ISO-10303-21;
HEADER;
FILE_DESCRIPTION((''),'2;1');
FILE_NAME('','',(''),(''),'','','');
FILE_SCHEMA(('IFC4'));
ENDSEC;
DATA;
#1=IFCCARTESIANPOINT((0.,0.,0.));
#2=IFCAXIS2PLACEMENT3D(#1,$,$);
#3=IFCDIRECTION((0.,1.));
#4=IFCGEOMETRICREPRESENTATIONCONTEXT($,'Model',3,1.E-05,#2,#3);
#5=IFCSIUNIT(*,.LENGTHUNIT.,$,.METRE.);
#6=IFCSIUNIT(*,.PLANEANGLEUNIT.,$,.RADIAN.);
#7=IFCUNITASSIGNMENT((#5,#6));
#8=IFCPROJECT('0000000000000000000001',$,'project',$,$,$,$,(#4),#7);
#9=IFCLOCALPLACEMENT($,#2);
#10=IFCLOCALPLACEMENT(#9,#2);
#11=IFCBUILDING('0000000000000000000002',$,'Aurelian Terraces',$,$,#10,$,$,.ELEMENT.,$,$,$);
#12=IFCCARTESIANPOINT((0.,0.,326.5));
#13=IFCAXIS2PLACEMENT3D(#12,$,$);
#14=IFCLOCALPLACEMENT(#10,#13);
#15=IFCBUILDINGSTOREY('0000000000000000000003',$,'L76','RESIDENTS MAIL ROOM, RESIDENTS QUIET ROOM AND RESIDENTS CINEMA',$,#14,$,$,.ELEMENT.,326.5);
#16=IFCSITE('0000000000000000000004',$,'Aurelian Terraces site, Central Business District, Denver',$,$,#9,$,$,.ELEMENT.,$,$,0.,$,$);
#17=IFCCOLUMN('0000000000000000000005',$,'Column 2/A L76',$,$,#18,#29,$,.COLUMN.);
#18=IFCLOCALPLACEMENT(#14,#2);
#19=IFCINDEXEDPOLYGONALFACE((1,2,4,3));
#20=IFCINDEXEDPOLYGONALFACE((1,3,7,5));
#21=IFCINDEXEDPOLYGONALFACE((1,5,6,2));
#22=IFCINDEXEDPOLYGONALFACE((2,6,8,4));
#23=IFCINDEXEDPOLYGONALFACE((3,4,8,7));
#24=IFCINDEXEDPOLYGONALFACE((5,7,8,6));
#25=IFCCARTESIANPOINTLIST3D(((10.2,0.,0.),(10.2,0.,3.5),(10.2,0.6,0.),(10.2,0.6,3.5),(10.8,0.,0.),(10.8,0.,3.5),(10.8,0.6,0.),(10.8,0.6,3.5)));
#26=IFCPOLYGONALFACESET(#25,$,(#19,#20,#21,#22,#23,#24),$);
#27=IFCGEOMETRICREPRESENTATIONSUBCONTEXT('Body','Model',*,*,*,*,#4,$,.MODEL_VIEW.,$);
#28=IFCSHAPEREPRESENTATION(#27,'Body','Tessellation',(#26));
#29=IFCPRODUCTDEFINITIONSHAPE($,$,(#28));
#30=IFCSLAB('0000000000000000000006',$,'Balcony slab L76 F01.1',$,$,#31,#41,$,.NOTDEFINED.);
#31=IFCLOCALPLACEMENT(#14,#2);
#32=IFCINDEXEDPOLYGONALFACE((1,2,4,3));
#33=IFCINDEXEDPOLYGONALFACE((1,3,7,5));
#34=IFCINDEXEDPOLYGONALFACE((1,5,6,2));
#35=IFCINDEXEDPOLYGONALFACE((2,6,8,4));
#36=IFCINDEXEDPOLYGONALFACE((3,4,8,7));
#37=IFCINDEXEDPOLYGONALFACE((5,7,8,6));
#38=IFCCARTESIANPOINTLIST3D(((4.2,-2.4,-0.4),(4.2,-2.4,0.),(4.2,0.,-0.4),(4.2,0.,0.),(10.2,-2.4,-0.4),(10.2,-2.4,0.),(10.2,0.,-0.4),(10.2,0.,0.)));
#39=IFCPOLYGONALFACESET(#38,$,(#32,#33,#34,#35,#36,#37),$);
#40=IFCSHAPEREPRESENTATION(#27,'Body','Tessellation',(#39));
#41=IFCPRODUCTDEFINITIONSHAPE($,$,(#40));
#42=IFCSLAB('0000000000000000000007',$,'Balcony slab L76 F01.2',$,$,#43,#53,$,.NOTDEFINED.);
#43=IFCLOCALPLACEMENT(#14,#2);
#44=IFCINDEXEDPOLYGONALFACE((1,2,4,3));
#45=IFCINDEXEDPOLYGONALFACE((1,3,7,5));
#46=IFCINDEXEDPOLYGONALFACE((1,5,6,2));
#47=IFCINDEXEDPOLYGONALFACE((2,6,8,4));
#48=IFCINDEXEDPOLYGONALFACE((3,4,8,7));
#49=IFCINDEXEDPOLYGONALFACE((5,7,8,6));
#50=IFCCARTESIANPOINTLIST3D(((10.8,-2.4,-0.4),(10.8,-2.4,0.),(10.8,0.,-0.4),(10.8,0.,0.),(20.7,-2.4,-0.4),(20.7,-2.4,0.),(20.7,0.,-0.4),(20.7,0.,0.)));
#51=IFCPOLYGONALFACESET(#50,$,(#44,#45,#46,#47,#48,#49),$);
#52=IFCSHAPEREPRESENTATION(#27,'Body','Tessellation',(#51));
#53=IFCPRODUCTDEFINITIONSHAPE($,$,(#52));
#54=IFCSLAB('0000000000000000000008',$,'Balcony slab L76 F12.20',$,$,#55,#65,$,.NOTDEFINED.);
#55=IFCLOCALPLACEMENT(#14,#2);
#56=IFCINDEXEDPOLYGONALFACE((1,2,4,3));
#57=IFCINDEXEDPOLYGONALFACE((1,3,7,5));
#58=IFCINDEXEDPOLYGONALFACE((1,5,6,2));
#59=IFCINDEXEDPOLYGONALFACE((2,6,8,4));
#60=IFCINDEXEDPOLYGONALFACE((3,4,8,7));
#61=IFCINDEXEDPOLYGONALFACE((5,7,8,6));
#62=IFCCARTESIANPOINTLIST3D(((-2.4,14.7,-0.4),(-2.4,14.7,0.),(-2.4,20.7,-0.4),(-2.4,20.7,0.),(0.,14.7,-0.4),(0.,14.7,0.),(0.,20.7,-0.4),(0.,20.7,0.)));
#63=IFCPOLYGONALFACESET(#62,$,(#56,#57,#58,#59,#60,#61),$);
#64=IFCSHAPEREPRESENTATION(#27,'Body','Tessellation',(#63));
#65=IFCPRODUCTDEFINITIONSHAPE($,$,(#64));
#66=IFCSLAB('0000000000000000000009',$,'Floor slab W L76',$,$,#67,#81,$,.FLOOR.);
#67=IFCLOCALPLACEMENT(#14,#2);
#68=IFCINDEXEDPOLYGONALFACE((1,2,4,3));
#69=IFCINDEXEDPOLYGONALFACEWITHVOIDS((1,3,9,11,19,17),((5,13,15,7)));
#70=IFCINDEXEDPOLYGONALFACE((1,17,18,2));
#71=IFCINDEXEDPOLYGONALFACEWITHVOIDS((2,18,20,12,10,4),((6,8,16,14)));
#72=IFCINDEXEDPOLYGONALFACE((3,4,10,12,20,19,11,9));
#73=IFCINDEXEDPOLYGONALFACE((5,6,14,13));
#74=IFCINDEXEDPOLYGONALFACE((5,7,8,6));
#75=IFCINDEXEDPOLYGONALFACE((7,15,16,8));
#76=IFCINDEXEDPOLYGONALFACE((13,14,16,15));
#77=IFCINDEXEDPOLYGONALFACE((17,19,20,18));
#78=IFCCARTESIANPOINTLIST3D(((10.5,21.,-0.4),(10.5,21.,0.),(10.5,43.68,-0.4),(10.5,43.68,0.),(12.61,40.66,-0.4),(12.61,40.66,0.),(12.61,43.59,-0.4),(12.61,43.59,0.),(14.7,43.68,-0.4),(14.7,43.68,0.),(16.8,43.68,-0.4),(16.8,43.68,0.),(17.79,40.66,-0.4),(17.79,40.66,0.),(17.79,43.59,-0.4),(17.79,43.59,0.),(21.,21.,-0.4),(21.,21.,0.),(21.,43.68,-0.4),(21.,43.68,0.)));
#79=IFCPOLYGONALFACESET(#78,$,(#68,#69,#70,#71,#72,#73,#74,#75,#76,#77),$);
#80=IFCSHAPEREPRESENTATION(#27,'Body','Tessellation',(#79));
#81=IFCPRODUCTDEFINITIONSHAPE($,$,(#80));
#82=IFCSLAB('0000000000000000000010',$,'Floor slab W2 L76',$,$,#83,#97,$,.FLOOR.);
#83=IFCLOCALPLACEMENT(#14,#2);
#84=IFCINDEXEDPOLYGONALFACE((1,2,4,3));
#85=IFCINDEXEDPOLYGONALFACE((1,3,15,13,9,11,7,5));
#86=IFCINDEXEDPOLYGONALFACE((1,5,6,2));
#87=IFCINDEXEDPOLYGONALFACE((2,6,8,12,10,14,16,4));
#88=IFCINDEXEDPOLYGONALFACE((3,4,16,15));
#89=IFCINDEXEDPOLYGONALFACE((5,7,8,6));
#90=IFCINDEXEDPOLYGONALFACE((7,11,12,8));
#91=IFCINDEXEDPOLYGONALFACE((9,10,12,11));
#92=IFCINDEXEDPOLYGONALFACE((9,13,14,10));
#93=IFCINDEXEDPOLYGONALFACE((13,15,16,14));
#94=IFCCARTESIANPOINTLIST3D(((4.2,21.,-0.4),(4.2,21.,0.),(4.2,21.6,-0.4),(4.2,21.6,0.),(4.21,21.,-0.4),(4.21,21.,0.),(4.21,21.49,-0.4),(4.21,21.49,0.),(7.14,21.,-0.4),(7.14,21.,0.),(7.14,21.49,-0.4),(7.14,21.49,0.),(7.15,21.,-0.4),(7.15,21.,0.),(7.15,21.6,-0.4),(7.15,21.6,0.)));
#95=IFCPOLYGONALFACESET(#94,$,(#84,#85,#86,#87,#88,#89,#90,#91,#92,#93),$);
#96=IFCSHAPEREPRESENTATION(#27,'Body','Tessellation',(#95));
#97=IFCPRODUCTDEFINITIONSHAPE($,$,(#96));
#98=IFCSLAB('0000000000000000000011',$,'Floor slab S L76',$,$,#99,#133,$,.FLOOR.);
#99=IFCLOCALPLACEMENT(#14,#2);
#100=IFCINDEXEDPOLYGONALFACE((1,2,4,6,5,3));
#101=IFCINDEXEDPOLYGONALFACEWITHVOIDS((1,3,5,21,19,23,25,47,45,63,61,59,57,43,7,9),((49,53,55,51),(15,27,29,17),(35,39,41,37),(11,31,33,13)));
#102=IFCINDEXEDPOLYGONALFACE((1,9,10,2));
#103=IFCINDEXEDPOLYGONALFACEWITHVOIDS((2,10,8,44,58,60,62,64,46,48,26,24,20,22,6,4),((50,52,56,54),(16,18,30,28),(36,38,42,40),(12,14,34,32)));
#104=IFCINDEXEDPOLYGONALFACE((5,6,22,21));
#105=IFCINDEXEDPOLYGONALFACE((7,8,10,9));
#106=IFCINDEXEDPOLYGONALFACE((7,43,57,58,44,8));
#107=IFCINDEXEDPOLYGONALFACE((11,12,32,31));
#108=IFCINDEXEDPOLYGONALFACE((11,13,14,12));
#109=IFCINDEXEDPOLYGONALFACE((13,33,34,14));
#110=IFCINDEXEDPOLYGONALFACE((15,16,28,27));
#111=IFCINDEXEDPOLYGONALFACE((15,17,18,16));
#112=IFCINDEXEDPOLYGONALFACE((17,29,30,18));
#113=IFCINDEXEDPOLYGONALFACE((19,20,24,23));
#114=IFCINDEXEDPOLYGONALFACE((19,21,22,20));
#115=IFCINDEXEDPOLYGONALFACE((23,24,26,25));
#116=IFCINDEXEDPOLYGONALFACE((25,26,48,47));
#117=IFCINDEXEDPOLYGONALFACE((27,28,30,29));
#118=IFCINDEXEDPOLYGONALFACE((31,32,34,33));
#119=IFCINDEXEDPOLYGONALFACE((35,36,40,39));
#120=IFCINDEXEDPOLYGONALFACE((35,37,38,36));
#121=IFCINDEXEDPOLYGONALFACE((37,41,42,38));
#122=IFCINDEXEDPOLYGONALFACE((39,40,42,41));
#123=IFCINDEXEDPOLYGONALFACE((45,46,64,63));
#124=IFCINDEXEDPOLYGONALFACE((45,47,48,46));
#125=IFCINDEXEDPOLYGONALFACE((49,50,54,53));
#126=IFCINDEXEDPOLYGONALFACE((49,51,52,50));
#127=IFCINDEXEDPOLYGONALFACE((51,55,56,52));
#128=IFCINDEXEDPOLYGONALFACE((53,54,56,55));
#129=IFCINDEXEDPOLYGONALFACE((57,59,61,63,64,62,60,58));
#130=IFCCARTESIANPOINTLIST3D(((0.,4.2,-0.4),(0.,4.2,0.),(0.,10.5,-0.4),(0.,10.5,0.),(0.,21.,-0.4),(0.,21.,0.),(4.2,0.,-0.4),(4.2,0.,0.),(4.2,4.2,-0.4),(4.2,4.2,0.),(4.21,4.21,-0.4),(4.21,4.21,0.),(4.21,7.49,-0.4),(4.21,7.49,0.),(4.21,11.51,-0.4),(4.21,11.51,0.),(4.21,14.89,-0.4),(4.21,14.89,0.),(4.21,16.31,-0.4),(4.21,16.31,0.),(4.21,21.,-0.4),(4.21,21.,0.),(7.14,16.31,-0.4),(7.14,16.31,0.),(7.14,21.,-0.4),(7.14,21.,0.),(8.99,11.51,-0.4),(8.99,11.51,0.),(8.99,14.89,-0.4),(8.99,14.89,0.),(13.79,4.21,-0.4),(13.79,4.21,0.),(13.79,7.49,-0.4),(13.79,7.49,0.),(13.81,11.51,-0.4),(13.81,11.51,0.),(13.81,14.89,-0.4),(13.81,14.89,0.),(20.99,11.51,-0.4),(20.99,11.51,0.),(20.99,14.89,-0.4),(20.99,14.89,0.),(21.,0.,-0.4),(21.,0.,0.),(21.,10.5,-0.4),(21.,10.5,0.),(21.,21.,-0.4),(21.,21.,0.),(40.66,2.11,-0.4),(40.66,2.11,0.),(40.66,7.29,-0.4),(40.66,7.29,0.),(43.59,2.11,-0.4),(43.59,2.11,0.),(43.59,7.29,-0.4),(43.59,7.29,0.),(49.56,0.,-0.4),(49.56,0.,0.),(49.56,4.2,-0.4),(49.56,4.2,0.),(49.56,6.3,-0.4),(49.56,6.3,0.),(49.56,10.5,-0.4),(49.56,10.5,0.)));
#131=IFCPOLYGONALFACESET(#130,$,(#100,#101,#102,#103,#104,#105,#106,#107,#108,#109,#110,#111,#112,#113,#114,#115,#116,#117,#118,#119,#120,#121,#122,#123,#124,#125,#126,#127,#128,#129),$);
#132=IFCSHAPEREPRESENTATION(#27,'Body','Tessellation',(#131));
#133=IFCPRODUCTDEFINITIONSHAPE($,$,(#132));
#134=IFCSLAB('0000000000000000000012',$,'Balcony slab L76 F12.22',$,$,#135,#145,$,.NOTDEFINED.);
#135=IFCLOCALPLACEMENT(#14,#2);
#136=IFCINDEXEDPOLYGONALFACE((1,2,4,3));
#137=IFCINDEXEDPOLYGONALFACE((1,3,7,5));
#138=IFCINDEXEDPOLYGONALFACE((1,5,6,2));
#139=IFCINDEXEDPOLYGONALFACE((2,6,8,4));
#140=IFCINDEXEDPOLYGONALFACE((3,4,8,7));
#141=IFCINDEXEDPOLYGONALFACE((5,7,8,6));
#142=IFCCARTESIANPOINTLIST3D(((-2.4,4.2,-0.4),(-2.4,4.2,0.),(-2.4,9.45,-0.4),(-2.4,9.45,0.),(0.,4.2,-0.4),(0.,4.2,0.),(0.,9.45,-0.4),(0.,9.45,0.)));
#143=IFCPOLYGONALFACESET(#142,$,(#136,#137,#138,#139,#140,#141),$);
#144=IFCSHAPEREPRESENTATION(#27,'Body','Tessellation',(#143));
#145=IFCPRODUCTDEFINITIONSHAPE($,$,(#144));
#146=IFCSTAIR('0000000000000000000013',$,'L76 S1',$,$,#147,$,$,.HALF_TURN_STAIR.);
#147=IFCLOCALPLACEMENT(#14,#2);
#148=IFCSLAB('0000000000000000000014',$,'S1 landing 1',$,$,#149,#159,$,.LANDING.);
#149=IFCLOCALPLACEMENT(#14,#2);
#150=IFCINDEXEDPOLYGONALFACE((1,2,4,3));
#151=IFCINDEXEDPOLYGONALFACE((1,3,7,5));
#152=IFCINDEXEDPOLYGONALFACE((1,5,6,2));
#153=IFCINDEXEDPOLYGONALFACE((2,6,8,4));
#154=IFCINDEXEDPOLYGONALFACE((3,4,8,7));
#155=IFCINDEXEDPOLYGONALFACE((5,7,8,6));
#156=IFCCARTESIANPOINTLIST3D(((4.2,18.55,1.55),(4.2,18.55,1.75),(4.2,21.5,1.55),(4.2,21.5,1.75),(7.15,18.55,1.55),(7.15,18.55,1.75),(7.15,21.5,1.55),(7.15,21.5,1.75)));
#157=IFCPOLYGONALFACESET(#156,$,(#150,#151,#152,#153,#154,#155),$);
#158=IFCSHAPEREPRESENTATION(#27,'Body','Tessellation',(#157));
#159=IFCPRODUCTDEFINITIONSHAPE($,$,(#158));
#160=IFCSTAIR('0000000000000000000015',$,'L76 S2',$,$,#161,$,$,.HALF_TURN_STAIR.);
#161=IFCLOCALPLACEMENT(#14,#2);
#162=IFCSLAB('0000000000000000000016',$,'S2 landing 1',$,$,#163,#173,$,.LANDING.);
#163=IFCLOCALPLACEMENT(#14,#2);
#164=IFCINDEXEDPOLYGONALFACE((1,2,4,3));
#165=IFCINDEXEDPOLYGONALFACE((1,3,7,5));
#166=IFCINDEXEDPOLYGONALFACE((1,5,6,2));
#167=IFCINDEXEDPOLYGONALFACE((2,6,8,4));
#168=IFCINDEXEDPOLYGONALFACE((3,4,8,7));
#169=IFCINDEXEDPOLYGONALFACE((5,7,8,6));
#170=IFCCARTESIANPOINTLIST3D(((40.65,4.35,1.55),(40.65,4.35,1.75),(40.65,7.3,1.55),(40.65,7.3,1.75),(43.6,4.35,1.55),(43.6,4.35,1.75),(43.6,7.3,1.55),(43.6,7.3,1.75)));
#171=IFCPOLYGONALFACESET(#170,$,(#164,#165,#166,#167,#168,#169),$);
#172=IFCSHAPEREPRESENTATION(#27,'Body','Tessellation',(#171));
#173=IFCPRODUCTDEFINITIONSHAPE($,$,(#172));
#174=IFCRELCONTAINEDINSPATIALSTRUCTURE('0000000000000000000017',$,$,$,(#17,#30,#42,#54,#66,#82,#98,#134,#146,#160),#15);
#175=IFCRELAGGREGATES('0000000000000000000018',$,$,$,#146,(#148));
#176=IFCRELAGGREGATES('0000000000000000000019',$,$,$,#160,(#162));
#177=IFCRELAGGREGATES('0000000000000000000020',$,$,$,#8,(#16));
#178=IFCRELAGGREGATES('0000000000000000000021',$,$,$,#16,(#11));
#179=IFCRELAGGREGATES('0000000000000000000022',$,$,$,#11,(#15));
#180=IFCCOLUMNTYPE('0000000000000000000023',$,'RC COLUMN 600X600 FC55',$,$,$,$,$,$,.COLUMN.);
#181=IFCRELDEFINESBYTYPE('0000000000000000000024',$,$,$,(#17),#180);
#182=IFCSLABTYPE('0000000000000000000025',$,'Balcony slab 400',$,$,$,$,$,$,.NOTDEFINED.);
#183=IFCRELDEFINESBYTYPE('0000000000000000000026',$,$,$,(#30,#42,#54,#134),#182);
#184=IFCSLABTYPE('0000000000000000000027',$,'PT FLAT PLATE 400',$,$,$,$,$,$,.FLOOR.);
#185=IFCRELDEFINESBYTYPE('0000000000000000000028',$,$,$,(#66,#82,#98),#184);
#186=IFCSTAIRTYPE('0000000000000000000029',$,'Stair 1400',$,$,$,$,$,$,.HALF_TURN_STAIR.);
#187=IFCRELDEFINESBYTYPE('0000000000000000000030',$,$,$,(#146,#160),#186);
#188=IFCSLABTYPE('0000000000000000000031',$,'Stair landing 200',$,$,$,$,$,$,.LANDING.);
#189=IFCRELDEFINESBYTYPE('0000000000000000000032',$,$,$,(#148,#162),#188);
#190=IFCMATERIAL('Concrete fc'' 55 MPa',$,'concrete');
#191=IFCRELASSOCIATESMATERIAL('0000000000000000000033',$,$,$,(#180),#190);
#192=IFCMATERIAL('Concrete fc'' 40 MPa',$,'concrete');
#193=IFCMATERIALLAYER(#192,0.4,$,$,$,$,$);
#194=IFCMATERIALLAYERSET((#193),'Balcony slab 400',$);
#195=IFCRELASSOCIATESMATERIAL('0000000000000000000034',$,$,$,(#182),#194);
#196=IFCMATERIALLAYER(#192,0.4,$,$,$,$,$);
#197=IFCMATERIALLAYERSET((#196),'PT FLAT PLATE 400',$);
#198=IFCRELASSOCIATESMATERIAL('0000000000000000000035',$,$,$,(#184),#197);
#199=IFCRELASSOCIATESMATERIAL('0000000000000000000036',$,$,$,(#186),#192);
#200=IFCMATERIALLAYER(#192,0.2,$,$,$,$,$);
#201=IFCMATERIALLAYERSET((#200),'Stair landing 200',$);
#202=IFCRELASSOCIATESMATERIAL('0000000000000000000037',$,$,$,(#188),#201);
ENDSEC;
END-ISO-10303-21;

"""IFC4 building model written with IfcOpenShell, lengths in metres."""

from ifc_helpers import new_model, si_unit, direction, frame, origin, origin_2d, place, context, subcontext, project, spatial, polyline, rectangle, outline, extrude, source, transform, mapped, material, layer, layer_set, material_profile, profile_set, type_object, element, aggregate, save


model = new_model("IFC4")

# Units and contexts
model_context = context("Model", 3, precision=1e-05, world=origin(), true_north=direction((0.0, 1.0)))
body_context = subcontext(model_context, "Body", "Model", "MODEL_VIEW")
ifc_project = project(units=[si_unit("LENGTHUNIT", "METRE"), si_unit("PLANEANGLEUNIT", "RADIAN")], contexts=[model_context])

# Site, building, storey
site_placement = place(None, origin())
site = spatial("IfcSite", under=ifc_project, at=site_placement, Name="Aurelian Terraces site, Central Business District, Denver", CompositionType="ELEMENT", RefElevation=0.0)
building_placement = place(site_placement, origin())
building = spatial("IfcBuilding", under=site, at=building_placement, Name="Aurelian Terraces", CompositionType="ELEMENT")
storey_placement = place(building_placement, frame((0.0, 0.0, 326.5)))
storey = spatial("IfcBuildingStorey", under=building, at=storey_placement, Name="L76", Description="RESIDENTS MAIL ROOM, RESIDENTS QUIET ROOM AND RESIDENTS CINEMA", CompositionType="ELEMENT", Elevation=326.5)

# Column
ifc_material_1 = material(Name="Concrete fc' 55 MPa", Category="concrete")
ifc_material_profile = material_profile(ifc_material_1, rectangle(XDim=0.6, YDim=0.6, at=origin_2d()))
ifc_profile_set = profile_set([ifc_material_profile], Name="Concrete fc' 55 MPa")
column_type = type_object("IfcColumnType", Name="RC COLUMN 600X600 FC55", PredefinedType="COLUMN", material=ifc_profile_set)
column_placement = place(storey_placement, frame((10.5, 0.3, 0.0), z_axis=(0.0, 0.0, 1.0), x_axis=(1.0, 0.0, 0.0)))
element("IfcColumn", 1, at=column_placement, inside=storey, type_object=column_type, Name="Column 2/A L76", PredefinedType="COLUMN", context=body_context, shape_type="SweptSolid", body=[
    extrude(rectangle(XDim=0.6, YDim=0.6, at=origin_2d()), origin(), (0.0, 0.0, 1.0), 3.5),
])

# Slabs
ifc_material_2 = material(Name="Concrete fc' 40 MPa", Category="concrete")
ifc_layer_1 = layer(ifc_material_2, 0.4)
ifc_layer_set_1 = layer_set([ifc_layer_1], Name="Balcony slab 400")
slab_type_1 = type_object("IfcSlabType", Name="Balcony slab 400", PredefinedType="NOTDEFINED", material=ifc_layer_set_1)
slab_1_placement = place(storey_placement, frame((0.0, 0.0, -0.4)))
element("IfcSlab", 2, at=slab_1_placement, inside=storey, type_object=slab_type_1, Name="Balcony slab L76 F01.1", PredefinedType="NOTDEFINED", context=body_context, shape_type="SweptSolid", body=[
    extrude(outline(polyline([(4.2, 0.0), (10.2, 0.0), (10.2, -2.4), (4.2, -2.4), (4.2, 0.0)])), origin(), (0.0, 0.0, 1.0), 0.4),
])
slab_2_placement = place(storey_placement, frame((0.0, 0.0, -0.4)))
element("IfcSlab", 3, at=slab_2_placement, inside=storey, type_object=slab_type_1, Name="Balcony slab L76 F01.2", PredefinedType="NOTDEFINED", context=body_context, shape_type="SweptSolid", body=[
    extrude(outline(polyline([(10.8, 0.0), (20.7, 0.0), (20.7, -2.4), (10.8, -2.4), (10.8, 0.0)])), origin(), (0.0, 0.0, 1.0), 0.4),
])
slab_3_placement = place(storey_placement, frame((0.0, 0.0, -0.4)))
element("IfcSlab", 4, at=slab_3_placement, inside=storey, type_object=slab_type_1, Name="Balcony slab L76 F12.20", PredefinedType="NOTDEFINED", context=body_context, shape_type="SweptSolid", body=[
    extrude(outline(polyline([(0.0, 20.7), (0.0, 14.7), (-2.4, 14.7), (-2.4, 20.7), (0.0, 20.7)])), origin(), (0.0, 0.0, 1.0), 0.4),
])
ifc_layer_2 = layer(ifc_material_2, 0.4)
ifc_layer_set_2 = layer_set([ifc_layer_2], Name="PT FLAT PLATE 400")
slab_type_2 = type_object("IfcSlabType", Name="PT FLAT PLATE 400", PredefinedType="FLOOR", material=ifc_layer_set_2)
shared_shape_1 = source(origin(), body_context, "Body", "SweptSolid", [
    extrude(outline(polyline([(10.5, 43.68), (14.7, 43.68), (16.8, 43.68), (21.0, 43.68), (21.0, 21.0), (10.5, 21.0), (10.5, 43.68)]), holes=[polyline([(17.79, 43.59), (12.61, 43.59), (12.61, 40.66), (17.79, 40.66), (17.79, 43.59)])]), origin(), (0.0, 0.0, 1.0), 0.4),
])
slab_4_placement = place(storey_placement, frame((0.0, 0.0, -0.4)))
element("IfcSlab", 5, at=slab_4_placement, inside=storey, type_object=slab_type_2, Name="Floor slab W L76", PredefinedType="FLOOR", context=body_context, shape_type="MappedRepresentation", body=[
    mapped(shared_shape_1, transform((0.0, 0.0, 0.0), scale=1.0)),
])
shared_shape_2 = source(origin(), body_context, "Body", "SweptSolid", [
    extrude(outline(polyline([(4.2, 21.0), (4.2, 21.6), (7.15, 21.6), (7.15, 21.0), (7.14, 21.0), (7.14, 21.49), (4.21, 21.49), (4.21, 21.0), (4.2, 21.0)])), origin(), (0.0, 0.0, 1.0), 0.4),
])
slab_5_placement = place(storey_placement, frame((0.0, 0.0, -0.4)))
element("IfcSlab", 6, at=slab_5_placement, inside=storey, type_object=slab_type_2, Name="Floor slab W2 L76", PredefinedType="FLOOR", context=body_context, shape_type="MappedRepresentation", body=[
    mapped(shared_shape_2, transform((0.0, 0.0, 0.0), scale=1.0)),
])
shared_shape_3 = source(origin(), body_context, "Body", "SweptSolid", [
    extrude(outline(polyline([(21.0, 0.0), (4.2, 0.0), (4.2, 4.2), (0.0, 4.2), (0.0, 10.5), (0.0, 21.0), (4.21, 21.0), (4.21, 16.31), (7.14, 16.31), (7.14, 21.0), (21.0, 21.0), (21.0, 10.5), (49.56, 10.5), (49.56, 6.3), (49.56, 4.2), (49.56, 0.0), (21.0, 0.0)]), holes=[polyline([(40.66, 2.11), (43.59, 2.11), (43.59, 7.29), (40.66, 7.29), (40.66, 2.11)]), polyline([(13.81, 14.89), (13.81, 11.51), (20.99, 11.51), (20.99, 14.89), (13.81, 14.89)]), polyline([(4.21, 7.49), (4.21, 4.21), (13.79, 4.21), (13.79, 7.49), (4.21, 7.49)]), polyline([(8.99, 11.51), (8.99, 14.89), (4.21, 14.89), (4.21, 11.51), (8.99, 11.51)])]), origin(), (0.0, 0.0, 1.0), 0.4),
])
slab_6_placement = place(storey_placement, frame((0.0, 0.0, -0.4)))
element("IfcSlab", 7, at=slab_6_placement, inside=storey, type_object=slab_type_2, Name="Floor slab S L76", PredefinedType="FLOOR", context=body_context, shape_type="MappedRepresentation", body=[
    mapped(shared_shape_3, transform((0.0, 0.0, 0.0), scale=1.0)),
])
shared_shape_4 = source(origin(), body_context, "Body", "SweptSolid", [
    extrude(outline(polyline([(0.0, 9.45), (0.0, 4.2), (-2.4, 4.2), (-2.4, 9.45), (0.0, 9.45)])), origin(), (0.0, 0.0, 1.0), 0.4),
])
slab_7_placement = place(storey_placement, frame((0.0, 0.0, -0.4)))
element("IfcSlab", 8, at=slab_7_placement, inside=storey, type_object=slab_type_1, Name="Balcony slab L76 F12.22", PredefinedType="NOTDEFINED", context=body_context, shape_type="MappedRepresentation", body=[
    mapped(shared_shape_4, transform((0.0, 0.0, 0.0), scale=1.0)),
])

# Stairs, slabs
stair_type = type_object("IfcStairType", Name="Stair 1400", PredefinedType="HALF_TURN_STAIR", material=ifc_material_2)
stair_1_placement = place(storey_placement, origin())
stair_1 = element("IfcStair", 9, at=stair_1_placement, inside=storey, type_object=stair_type, Name="L76 S1", PredefinedType="HALF_TURN_STAIR")
ifc_layer_3 = layer(ifc_material_2, 0.2)
ifc_layer_set_3 = layer_set([ifc_layer_3], Name="Stair landing 200")
slab_type_3 = type_object("IfcSlabType", Name="Stair landing 200", PredefinedType="LANDING", material=ifc_layer_set_3)
shared_shape_5 = source(origin(), body_context, "Body", "SweptSolid", [
    extrude(outline(polyline([(7.15, 18.55), (7.15, 21.5), (4.2, 21.5), (4.2, 18.55), (7.15, 18.55)])), origin(), (0.0, 0.0, 1.0), 0.2),
])
slab_8_placement = place(storey_placement, frame((0.0, 0.0, 1.55)))
slab_8 = element("IfcSlab", 10, at=slab_8_placement, type_object=slab_type_3, Name="S1 landing 1", PredefinedType="LANDING", context=body_context, shape_type="MappedRepresentation", body=[
    mapped(shared_shape_5, transform((0.0, 0.0, 0.0), scale=1.0)),
])
aggregate(stair_1, [slab_8])
stair_2_placement = place(storey_placement, origin())
stair_2 = element("IfcStair", 11, at=stair_2_placement, inside=storey, type_object=stair_type, Name="L76 S2", PredefinedType="HALF_TURN_STAIR")
shared_shape_6 = source(origin(), body_context, "Body", "SweptSolid", [
    extrude(outline(polyline([(43.6, 4.35), (43.6, 7.3), (40.65, 7.3), (40.65, 4.35), (43.6, 4.35)])), origin(), (0.0, 0.0, 1.0), 0.2),
])
slab_9_placement = place(storey_placement, frame((0.0, 0.0, 1.55)))
slab_9 = element("IfcSlab", 12, at=slab_9_placement, type_object=slab_type_3, Name="S2 landing 1", PredefinedType="LANDING", context=body_context, shape_type="MappedRepresentation", body=[
    mapped(shared_shape_6, transform((0.0, 0.0, 0.0), scale=1.0)),
])
aggregate(stair_2, [slab_9])

save(model, "model.ifc")
